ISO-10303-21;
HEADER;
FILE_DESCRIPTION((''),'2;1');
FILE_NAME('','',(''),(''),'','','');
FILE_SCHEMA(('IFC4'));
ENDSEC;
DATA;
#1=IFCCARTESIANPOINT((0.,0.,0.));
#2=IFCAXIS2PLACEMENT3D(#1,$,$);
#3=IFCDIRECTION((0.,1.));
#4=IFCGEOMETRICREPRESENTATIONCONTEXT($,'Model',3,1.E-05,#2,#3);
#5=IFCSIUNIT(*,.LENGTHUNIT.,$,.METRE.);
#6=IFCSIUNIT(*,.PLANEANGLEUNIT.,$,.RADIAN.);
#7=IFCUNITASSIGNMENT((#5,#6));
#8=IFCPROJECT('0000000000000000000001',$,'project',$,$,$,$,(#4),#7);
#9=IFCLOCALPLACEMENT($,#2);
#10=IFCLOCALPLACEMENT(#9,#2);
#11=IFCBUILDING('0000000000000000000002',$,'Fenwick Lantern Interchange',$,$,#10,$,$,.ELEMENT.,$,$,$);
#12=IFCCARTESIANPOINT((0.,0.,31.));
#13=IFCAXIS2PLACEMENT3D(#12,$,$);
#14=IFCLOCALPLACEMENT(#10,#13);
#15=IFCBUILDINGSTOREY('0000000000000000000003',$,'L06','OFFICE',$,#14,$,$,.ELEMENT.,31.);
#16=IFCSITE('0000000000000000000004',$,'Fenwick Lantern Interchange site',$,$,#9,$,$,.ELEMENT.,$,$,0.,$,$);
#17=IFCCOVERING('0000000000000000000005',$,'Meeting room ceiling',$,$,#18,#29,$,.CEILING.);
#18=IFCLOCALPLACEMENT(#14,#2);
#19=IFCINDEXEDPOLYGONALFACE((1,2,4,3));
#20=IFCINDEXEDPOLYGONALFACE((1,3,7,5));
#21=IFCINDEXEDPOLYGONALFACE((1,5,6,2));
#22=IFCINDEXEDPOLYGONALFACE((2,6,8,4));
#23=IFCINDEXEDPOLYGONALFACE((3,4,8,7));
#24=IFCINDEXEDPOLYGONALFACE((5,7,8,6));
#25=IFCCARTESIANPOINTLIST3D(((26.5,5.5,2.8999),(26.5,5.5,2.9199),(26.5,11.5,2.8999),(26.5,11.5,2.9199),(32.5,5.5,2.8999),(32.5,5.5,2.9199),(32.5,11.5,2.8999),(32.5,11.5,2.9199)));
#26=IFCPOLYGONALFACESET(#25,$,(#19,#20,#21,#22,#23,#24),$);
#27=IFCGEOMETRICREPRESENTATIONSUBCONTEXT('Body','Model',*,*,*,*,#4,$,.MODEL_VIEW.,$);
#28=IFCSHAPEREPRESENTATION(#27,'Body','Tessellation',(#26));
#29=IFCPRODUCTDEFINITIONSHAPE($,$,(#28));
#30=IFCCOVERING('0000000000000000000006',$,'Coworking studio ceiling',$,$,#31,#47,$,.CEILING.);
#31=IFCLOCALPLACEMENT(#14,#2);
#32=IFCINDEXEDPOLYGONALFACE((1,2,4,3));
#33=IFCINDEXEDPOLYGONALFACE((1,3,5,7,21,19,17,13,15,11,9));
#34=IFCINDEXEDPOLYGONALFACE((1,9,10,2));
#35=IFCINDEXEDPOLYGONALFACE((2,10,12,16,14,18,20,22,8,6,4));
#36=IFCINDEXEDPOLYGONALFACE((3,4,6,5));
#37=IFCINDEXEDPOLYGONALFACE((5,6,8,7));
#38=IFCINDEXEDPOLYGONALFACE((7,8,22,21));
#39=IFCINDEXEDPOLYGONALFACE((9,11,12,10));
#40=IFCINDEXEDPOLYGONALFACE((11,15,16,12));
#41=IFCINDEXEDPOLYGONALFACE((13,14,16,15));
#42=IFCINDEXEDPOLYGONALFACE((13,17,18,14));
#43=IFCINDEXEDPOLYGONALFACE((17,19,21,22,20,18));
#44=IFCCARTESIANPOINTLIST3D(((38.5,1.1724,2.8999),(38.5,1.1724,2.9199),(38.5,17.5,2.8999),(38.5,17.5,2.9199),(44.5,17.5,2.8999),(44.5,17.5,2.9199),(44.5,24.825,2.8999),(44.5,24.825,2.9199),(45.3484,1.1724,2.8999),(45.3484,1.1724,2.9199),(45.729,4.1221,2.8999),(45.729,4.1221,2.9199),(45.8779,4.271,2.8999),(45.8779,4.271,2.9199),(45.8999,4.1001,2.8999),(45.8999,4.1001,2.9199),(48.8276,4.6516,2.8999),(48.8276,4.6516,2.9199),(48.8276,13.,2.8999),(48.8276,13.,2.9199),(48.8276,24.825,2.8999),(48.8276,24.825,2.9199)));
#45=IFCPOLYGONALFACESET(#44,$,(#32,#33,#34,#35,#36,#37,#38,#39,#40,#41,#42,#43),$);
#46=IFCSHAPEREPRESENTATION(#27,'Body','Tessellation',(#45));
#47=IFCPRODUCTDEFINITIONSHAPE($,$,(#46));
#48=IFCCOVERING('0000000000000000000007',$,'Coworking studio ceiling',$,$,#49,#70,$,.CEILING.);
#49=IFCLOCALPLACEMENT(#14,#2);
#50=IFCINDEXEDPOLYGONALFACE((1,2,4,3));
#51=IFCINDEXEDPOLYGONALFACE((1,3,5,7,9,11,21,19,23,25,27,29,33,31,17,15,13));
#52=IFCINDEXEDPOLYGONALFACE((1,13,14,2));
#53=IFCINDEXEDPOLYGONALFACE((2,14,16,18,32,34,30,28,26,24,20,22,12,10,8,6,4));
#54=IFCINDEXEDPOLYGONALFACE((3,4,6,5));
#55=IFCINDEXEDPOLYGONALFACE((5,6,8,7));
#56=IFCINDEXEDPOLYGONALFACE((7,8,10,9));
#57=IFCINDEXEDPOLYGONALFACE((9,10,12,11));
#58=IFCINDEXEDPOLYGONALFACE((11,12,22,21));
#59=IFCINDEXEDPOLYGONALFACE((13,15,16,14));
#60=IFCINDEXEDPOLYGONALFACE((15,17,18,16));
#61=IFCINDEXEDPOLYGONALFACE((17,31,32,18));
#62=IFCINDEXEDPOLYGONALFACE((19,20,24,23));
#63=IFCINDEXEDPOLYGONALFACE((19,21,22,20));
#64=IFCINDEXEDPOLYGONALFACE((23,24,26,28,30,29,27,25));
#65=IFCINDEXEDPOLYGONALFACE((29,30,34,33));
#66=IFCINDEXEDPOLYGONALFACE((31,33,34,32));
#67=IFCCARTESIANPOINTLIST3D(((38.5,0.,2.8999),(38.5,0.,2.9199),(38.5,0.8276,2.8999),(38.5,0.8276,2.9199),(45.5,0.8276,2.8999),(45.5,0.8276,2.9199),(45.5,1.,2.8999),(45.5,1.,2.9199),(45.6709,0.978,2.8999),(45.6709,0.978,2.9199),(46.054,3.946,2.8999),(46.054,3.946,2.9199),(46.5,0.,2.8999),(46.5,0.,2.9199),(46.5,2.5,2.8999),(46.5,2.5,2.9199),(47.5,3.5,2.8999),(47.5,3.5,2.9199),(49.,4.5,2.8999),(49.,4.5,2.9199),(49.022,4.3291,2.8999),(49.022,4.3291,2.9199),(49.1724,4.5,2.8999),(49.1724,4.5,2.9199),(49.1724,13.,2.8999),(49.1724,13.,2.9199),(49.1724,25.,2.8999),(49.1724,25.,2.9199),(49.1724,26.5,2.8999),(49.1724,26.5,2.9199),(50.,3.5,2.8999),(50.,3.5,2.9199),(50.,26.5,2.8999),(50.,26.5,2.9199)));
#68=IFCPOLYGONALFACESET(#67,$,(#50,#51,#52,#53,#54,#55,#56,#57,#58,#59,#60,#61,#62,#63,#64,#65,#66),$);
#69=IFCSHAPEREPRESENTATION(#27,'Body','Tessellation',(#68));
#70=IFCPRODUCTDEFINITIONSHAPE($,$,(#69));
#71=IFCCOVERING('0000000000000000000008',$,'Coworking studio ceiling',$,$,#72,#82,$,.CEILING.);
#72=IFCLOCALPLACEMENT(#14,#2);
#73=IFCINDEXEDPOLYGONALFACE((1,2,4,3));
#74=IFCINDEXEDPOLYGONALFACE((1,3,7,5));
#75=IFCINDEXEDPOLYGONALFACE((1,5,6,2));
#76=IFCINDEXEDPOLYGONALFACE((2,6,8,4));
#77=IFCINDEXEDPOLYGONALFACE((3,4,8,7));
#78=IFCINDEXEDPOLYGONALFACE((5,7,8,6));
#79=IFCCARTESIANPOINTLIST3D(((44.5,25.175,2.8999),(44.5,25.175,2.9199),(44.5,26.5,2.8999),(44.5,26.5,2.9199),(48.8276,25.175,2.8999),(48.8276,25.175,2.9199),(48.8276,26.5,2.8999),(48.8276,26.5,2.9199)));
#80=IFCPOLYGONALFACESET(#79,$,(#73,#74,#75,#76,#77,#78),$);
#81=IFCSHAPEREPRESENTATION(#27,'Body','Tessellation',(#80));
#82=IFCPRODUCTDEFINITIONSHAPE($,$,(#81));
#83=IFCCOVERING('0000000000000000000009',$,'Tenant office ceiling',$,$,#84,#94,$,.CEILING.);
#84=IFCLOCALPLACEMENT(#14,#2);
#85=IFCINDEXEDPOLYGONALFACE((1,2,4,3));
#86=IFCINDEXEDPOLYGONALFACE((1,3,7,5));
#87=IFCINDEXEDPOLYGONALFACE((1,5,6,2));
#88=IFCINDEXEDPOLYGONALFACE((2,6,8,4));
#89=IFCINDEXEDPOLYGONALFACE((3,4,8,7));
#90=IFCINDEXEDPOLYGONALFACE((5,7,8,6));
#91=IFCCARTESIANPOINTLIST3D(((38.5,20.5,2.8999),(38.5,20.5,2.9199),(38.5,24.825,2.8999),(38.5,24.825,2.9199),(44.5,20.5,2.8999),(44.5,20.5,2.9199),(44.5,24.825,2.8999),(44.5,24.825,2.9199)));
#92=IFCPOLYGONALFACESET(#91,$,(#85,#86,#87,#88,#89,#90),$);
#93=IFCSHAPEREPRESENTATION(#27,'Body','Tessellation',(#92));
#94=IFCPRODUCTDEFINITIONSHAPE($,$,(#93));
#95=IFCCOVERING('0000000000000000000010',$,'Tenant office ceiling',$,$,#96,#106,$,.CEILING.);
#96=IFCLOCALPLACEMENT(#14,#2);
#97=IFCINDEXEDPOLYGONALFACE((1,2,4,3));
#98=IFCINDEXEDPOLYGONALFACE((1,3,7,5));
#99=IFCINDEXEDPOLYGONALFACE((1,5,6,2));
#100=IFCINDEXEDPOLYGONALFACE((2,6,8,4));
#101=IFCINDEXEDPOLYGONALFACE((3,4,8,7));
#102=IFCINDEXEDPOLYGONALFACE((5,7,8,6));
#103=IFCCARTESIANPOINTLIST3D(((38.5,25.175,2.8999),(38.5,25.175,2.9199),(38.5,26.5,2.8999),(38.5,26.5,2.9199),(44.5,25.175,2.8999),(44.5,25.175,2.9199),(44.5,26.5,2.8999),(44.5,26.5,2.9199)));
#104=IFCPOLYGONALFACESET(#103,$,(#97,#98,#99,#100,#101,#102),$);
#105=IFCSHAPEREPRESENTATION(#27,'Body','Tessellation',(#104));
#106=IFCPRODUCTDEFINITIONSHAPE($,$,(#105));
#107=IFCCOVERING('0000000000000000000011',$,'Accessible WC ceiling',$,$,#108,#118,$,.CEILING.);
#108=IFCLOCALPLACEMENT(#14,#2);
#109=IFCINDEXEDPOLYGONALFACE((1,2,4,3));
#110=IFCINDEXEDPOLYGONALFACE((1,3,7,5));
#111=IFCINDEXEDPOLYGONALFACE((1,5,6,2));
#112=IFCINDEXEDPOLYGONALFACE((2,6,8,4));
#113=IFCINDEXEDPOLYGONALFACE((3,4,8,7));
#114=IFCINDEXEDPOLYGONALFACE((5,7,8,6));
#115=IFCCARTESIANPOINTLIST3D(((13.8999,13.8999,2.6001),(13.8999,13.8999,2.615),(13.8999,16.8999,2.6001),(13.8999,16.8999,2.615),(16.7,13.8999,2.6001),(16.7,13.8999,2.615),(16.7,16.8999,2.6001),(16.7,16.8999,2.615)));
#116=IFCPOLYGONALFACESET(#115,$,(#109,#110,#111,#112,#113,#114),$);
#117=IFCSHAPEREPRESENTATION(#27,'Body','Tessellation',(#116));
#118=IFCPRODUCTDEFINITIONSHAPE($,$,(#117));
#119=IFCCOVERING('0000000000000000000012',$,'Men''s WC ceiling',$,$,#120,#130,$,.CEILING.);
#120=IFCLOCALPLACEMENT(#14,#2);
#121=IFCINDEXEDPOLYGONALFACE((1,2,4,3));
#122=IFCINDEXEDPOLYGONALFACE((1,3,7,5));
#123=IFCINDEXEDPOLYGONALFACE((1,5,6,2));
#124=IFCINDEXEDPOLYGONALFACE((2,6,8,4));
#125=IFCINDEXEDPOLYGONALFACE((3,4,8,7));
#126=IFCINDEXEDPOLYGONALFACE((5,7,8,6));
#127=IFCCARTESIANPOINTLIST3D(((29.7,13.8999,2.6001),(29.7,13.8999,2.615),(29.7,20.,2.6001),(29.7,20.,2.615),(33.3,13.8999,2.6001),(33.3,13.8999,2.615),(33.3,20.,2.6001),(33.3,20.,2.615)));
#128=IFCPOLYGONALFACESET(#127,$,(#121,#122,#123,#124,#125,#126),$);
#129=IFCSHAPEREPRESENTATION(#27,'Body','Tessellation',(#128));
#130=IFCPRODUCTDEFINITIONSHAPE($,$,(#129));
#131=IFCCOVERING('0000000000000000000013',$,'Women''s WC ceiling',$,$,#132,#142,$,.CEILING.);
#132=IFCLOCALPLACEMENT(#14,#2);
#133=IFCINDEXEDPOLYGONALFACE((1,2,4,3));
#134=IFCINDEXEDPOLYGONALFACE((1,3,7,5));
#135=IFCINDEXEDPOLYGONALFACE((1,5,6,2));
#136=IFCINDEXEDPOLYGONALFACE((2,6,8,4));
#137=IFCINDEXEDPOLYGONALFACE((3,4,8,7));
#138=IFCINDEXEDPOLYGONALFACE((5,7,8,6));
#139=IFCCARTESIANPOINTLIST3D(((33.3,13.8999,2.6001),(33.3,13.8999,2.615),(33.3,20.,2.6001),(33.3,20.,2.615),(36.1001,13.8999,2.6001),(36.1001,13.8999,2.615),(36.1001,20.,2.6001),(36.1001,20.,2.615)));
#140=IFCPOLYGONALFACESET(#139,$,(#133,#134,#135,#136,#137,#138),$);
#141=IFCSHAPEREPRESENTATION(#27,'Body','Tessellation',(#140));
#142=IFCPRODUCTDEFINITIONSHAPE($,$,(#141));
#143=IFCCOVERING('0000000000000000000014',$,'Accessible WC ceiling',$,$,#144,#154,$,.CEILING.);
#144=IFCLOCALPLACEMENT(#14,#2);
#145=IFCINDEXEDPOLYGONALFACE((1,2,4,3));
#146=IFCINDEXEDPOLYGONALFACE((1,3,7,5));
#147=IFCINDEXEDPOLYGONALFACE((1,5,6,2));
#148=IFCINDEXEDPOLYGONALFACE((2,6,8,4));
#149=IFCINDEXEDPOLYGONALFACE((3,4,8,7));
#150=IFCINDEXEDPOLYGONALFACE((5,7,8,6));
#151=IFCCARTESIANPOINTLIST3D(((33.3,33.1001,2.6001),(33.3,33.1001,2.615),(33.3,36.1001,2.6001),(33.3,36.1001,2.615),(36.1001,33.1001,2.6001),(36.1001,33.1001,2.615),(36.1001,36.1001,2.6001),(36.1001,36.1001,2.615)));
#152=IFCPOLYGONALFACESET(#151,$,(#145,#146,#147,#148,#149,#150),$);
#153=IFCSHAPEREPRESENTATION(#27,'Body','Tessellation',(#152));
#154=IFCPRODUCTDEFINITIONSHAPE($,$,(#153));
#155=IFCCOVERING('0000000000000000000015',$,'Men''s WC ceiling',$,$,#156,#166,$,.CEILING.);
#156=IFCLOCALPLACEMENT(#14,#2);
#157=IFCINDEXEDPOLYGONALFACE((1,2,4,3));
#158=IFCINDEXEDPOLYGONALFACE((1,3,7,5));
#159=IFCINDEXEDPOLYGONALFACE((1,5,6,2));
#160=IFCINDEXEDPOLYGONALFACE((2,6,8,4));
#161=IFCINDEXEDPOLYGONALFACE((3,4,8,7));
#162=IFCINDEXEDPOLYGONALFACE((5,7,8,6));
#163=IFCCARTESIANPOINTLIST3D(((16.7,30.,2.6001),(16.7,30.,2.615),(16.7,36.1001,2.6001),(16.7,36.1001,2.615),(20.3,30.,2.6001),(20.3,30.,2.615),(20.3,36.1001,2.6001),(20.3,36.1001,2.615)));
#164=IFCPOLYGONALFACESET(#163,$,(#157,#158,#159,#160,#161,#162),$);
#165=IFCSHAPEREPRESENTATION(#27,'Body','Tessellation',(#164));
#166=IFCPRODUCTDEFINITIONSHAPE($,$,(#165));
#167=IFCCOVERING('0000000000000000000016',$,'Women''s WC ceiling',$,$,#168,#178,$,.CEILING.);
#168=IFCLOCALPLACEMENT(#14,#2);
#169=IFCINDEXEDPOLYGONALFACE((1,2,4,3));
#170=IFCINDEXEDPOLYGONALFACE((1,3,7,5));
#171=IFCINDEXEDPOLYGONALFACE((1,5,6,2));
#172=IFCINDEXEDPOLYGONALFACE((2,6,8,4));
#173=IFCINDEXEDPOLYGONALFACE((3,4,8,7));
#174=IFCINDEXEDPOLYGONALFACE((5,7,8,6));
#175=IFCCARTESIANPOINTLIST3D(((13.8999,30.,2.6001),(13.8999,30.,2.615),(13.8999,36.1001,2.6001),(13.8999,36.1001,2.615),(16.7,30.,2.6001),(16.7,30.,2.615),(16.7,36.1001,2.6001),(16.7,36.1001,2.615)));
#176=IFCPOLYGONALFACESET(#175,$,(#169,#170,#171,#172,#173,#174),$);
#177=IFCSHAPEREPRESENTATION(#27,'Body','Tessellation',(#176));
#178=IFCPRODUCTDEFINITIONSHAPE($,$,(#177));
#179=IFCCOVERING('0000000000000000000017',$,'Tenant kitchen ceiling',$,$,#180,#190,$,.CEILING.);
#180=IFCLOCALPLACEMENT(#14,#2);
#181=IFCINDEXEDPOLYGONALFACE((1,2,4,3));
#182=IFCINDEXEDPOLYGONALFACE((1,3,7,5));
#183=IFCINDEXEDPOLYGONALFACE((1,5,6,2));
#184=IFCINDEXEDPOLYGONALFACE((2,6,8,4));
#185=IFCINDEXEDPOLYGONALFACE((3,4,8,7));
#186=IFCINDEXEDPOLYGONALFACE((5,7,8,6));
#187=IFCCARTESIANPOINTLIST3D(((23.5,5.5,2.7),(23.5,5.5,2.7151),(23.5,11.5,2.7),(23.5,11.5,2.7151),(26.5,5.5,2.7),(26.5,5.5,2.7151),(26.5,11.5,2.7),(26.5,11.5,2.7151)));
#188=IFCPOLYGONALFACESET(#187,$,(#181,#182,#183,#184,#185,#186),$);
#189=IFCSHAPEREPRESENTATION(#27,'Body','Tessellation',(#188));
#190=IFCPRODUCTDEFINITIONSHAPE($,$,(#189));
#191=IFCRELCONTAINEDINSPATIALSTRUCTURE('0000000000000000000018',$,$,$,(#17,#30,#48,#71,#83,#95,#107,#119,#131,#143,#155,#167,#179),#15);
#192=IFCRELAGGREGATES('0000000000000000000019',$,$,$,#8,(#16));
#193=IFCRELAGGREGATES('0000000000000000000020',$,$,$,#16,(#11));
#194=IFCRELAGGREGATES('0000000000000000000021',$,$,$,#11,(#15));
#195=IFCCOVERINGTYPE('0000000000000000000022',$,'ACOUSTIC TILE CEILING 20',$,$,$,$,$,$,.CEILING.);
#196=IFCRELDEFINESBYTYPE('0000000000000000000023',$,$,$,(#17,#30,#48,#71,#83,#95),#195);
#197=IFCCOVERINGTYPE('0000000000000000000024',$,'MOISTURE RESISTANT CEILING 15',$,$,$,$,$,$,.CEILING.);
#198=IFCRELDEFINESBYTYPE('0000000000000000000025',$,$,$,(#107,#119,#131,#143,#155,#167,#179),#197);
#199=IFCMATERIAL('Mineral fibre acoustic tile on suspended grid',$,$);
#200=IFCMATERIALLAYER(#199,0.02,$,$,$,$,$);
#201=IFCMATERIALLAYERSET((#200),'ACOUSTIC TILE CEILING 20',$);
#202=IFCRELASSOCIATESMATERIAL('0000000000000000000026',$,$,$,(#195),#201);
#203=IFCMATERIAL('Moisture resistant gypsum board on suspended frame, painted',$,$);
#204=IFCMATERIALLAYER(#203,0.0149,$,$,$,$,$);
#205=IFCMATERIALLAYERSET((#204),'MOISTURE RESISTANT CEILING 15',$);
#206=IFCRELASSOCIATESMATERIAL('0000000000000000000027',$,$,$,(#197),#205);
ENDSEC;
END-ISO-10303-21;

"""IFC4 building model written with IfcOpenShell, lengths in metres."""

from ifc_helpers import new_model, si_unit, direction, frame, origin, place, context, subcontext, project, spatial, polyline, outline, extrude, material, layer, layer_set, type_object, element, save


model = new_model("IFC4")

# Units and contexts
model_context = context("Model", 3, precision=1e-05, world=origin(), true_north=direction((0.0, 1.0)))
body_context = subcontext(model_context, "Body", "Model", "MODEL_VIEW")
ifc_project = project(units=[si_unit("LENGTHUNIT", "METRE"), si_unit("PLANEANGLEUNIT", "RADIAN")], contexts=[model_context])

# Site, building, storey
site_placement = place(None, origin())
site = spatial("IfcSite", under=ifc_project, at=site_placement, Name="Fenwick Lantern Interchange site", CompositionType="ELEMENT", RefElevation=0.0)
building_placement = place(site_placement, origin())
building = spatial("IfcBuilding", under=site, at=building_placement, Name="Fenwick Lantern Interchange", CompositionType="ELEMENT")
storey_placement = place(building_placement, frame((0.0, 0.0, 31.0)))
storey = spatial("IfcBuildingStorey", under=building, at=storey_placement, Name="L06", Description="OFFICE", CompositionType="ELEMENT", Elevation=31.0)

# Coverings
ifc_material_1 = material(Name="Mineral fibre acoustic tile on suspended grid")
ifc_layer_1 = layer(ifc_material_1, 0.02)
ifc_layer_set_1 = layer_set([ifc_layer_1], Name="ACOUSTIC TILE CEILING 20")
covering_type_1 = type_object("IfcCoveringType", Name="ACOUSTIC TILE CEILING 20", PredefinedType="CEILING", material=ifc_layer_set_1)
covering_1_placement = place(storey_placement, frame((0.0, 0.0, 2.8999)))
element("IfcCovering", 1, at=covering_1_placement, inside=storey, type_object=covering_type_1, Name="Meeting room ceiling", PredefinedType="CEILING", context=body_context, shape_type="SweptSolid", body=[
    extrude(outline(polyline([(26.5, 5.5), (32.5, 5.5), (32.5, 11.5), (26.5, 11.5), (26.5, 5.5)])), origin(), (0.0, 0.0, 1.0), 0.02),
])
covering_2_placement = place(storey_placement, frame((0.0, 0.0, 2.8999)))
element("IfcCovering", 2, at=covering_2_placement, inside=storey, type_object=covering_type_1, Name="Coworking studio ceiling", PredefinedType="CEILING", context=body_context, shape_type="SweptSolid", body=[
    extrude(outline(polyline([(44.5, 24.825), (44.5, 17.5), (38.5, 17.5), (38.5, 1.1724), (45.3484, 1.1724), (45.729, 4.1221), (45.8999, 4.1001), (45.8779, 4.271), (48.8276, 4.6516), (48.8276, 13.0), (48.8276, 24.825), (44.5, 24.825)])), origin(), (0.0, 0.0, 1.0), 0.02),
])
covering_3_placement = place(storey_placement, frame((0.0, 0.0, 2.8999)))
element("IfcCovering", 3, at=covering_3_placement, inside=storey, type_object=covering_type_1, Name="Coworking studio ceiling", PredefinedType="CEILING", context=body_context, shape_type="SweptSolid", body=[
    extrude(outline(polyline([(50.0, 26.5), (49.1724, 26.5), (49.1724, 25.0), (49.1724, 13.0), (49.1724, 4.5), (49.0, 4.5), (49.022, 4.3291), (46.054, 3.946), (45.6709, 0.978), (45.5, 1.0), (45.5, 0.8276), (38.5, 0.8276), (38.5, 0.0), (46.5, 0.0), (46.5, 2.5), (47.5, 3.5), (50.0, 3.5), (50.0, 26.5)])), origin(), (0.0, 0.0, 1.0), 0.02),
])
covering_4_placement = place(storey_placement, frame((0.0, 0.0, 2.8999)))
element("IfcCovering", 4, at=covering_4_placement, inside=storey, type_object=covering_type_1, Name="Coworking studio ceiling", PredefinedType="CEILING", context=body_context, shape_type="SweptSolid", body=[
    extrude(outline(polyline([(44.5, 26.5), (44.5, 25.175), (48.8276, 25.175), (48.8276, 26.5), (44.5, 26.5)])), origin(), (0.0, 0.0, 1.0), 0.02),
])
covering_5_placement = place(storey_placement, frame((0.0, 0.0, 2.8999)))
element("IfcCovering", 5, at=covering_5_placement, inside=storey, type_object=covering_type_1, Name="Tenant office ceiling", PredefinedType="CEILING", context=body_context, shape_type="SweptSolid", body=[
    extrude(outline(polyline([(38.5, 20.5), (44.5, 20.5), (44.5, 24.825), (38.5, 24.825), (38.5, 20.5)])), origin(), (0.0, 0.0, 1.0), 0.02),
])
covering_6_placement = place(storey_placement, frame((0.0, 0.0, 2.8999)))
element("IfcCovering", 6, at=covering_6_placement, inside=storey, type_object=covering_type_1, Name="Tenant office ceiling", PredefinedType="CEILING", context=body_context, shape_type="SweptSolid", body=[
    extrude(outline(polyline([(38.5, 26.5), (38.5, 25.175), (44.5, 25.175), (44.5, 26.5), (38.5, 26.5)])), origin(), (0.0, 0.0, 1.0), 0.02),
])
ifc_material_2 = material(Name="Moisture resistant gypsum board on suspended frame, painted")
ifc_layer_2 = layer(ifc_material_2, 0.0149)
ifc_layer_set_2 = layer_set([ifc_layer_2], Name="MOISTURE RESISTANT CEILING 15")
covering_type_2 = type_object("IfcCoveringType", Name="MOISTURE RESISTANT CEILING 15", PredefinedType="CEILING", material=ifc_layer_set_2)
covering_7_placement = place(storey_placement, frame((0.0, 0.0, 2.6001)))
element("IfcCovering", 7, at=covering_7_placement, inside=storey, type_object=covering_type_2, Name="Accessible WC ceiling", PredefinedType="CEILING", context=body_context, shape_type="SweptSolid", body=[
    extrude(outline(polyline([(13.8999, 13.8999), (16.7, 13.8999), (16.7, 16.8999), (13.8999, 16.8999), (13.8999, 13.8999)])), origin(), (0.0, 0.0, 1.0), 0.0149),
])
covering_8_placement = place(storey_placement, frame((0.0, 0.0, 2.6001)))
element("IfcCovering", 8, at=covering_8_placement, inside=storey, type_object=covering_type_2, Name="Men's WC ceiling", PredefinedType="CEILING", context=body_context, shape_type="SweptSolid", body=[
    extrude(outline(polyline([(29.7, 13.8999), (33.3, 13.8999), (33.3, 20.0), (29.7, 20.0), (29.7, 13.8999)])), origin(), (0.0, 0.0, 1.0), 0.0149),
])
covering_9_placement = place(storey_placement, frame((0.0, 0.0, 2.6001)))
element("IfcCovering", 9, at=covering_9_placement, inside=storey, type_object=covering_type_2, Name="Women's WC ceiling", PredefinedType="CEILING", context=body_context, shape_type="SweptSolid", body=[
    extrude(outline(polyline([(33.3, 13.8999), (36.1001, 13.8999), (36.1001, 20.0), (33.3, 20.0), (33.3, 13.8999)])), origin(), (0.0, 0.0, 1.0), 0.0149),
])
covering_10_placement = place(storey_placement, frame((0.0, 0.0, 2.6001)))
element("IfcCovering", 10, at=covering_10_placement, inside=storey, type_object=covering_type_2, Name="Accessible WC ceiling", PredefinedType="CEILING", context=body_context, shape_type="SweptSolid", body=[
    extrude(outline(polyline([(36.1001, 36.1001), (33.3, 36.1001), (33.3, 33.1001), (36.1001, 33.1001), (36.1001, 36.1001)])), origin(), (0.0, 0.0, 1.0), 0.0149),
])
covering_11_placement = place(storey_placement, frame((0.0, 0.0, 2.6001)))
element("IfcCovering", 11, at=covering_11_placement, inside=storey, type_object=covering_type_2, Name="Men's WC ceiling", PredefinedType="CEILING", context=body_context, shape_type="SweptSolid", body=[
    extrude(outline(polyline([(20.3, 36.1001), (16.7, 36.1001), (16.7, 30.0), (20.3, 30.0), (20.3, 36.1001)])), origin(), (0.0, 0.0, 1.0), 0.0149),
])
covering_12_placement = place(storey_placement, frame((0.0, 0.0, 2.6001)))
element("IfcCovering", 12, at=covering_12_placement, inside=storey, type_object=covering_type_2, Name="Women's WC ceiling", PredefinedType="CEILING", context=body_context, shape_type="SweptSolid", body=[
    extrude(outline(polyline([(16.7, 36.1001), (13.8999, 36.1001), (13.8999, 30.0), (16.7, 30.0), (16.7, 36.1001)])), origin(), (0.0, 0.0, 1.0), 0.0149),
])
covering_13_placement = place(storey_placement, frame((0.0, 0.0, 2.7)))
element("IfcCovering", 13, at=covering_13_placement, inside=storey, type_object=covering_type_2, Name="Tenant kitchen ceiling", PredefinedType="CEILING", context=body_context, shape_type="SweptSolid", body=[
    extrude(outline(polyline([(23.5, 5.5), (26.5, 5.5), (26.5, 11.5), (23.5, 11.5), (23.5, 5.5)])), origin(), (0.0, 0.0, 1.0), 0.0151),
])

save(model, "model.ifc")
